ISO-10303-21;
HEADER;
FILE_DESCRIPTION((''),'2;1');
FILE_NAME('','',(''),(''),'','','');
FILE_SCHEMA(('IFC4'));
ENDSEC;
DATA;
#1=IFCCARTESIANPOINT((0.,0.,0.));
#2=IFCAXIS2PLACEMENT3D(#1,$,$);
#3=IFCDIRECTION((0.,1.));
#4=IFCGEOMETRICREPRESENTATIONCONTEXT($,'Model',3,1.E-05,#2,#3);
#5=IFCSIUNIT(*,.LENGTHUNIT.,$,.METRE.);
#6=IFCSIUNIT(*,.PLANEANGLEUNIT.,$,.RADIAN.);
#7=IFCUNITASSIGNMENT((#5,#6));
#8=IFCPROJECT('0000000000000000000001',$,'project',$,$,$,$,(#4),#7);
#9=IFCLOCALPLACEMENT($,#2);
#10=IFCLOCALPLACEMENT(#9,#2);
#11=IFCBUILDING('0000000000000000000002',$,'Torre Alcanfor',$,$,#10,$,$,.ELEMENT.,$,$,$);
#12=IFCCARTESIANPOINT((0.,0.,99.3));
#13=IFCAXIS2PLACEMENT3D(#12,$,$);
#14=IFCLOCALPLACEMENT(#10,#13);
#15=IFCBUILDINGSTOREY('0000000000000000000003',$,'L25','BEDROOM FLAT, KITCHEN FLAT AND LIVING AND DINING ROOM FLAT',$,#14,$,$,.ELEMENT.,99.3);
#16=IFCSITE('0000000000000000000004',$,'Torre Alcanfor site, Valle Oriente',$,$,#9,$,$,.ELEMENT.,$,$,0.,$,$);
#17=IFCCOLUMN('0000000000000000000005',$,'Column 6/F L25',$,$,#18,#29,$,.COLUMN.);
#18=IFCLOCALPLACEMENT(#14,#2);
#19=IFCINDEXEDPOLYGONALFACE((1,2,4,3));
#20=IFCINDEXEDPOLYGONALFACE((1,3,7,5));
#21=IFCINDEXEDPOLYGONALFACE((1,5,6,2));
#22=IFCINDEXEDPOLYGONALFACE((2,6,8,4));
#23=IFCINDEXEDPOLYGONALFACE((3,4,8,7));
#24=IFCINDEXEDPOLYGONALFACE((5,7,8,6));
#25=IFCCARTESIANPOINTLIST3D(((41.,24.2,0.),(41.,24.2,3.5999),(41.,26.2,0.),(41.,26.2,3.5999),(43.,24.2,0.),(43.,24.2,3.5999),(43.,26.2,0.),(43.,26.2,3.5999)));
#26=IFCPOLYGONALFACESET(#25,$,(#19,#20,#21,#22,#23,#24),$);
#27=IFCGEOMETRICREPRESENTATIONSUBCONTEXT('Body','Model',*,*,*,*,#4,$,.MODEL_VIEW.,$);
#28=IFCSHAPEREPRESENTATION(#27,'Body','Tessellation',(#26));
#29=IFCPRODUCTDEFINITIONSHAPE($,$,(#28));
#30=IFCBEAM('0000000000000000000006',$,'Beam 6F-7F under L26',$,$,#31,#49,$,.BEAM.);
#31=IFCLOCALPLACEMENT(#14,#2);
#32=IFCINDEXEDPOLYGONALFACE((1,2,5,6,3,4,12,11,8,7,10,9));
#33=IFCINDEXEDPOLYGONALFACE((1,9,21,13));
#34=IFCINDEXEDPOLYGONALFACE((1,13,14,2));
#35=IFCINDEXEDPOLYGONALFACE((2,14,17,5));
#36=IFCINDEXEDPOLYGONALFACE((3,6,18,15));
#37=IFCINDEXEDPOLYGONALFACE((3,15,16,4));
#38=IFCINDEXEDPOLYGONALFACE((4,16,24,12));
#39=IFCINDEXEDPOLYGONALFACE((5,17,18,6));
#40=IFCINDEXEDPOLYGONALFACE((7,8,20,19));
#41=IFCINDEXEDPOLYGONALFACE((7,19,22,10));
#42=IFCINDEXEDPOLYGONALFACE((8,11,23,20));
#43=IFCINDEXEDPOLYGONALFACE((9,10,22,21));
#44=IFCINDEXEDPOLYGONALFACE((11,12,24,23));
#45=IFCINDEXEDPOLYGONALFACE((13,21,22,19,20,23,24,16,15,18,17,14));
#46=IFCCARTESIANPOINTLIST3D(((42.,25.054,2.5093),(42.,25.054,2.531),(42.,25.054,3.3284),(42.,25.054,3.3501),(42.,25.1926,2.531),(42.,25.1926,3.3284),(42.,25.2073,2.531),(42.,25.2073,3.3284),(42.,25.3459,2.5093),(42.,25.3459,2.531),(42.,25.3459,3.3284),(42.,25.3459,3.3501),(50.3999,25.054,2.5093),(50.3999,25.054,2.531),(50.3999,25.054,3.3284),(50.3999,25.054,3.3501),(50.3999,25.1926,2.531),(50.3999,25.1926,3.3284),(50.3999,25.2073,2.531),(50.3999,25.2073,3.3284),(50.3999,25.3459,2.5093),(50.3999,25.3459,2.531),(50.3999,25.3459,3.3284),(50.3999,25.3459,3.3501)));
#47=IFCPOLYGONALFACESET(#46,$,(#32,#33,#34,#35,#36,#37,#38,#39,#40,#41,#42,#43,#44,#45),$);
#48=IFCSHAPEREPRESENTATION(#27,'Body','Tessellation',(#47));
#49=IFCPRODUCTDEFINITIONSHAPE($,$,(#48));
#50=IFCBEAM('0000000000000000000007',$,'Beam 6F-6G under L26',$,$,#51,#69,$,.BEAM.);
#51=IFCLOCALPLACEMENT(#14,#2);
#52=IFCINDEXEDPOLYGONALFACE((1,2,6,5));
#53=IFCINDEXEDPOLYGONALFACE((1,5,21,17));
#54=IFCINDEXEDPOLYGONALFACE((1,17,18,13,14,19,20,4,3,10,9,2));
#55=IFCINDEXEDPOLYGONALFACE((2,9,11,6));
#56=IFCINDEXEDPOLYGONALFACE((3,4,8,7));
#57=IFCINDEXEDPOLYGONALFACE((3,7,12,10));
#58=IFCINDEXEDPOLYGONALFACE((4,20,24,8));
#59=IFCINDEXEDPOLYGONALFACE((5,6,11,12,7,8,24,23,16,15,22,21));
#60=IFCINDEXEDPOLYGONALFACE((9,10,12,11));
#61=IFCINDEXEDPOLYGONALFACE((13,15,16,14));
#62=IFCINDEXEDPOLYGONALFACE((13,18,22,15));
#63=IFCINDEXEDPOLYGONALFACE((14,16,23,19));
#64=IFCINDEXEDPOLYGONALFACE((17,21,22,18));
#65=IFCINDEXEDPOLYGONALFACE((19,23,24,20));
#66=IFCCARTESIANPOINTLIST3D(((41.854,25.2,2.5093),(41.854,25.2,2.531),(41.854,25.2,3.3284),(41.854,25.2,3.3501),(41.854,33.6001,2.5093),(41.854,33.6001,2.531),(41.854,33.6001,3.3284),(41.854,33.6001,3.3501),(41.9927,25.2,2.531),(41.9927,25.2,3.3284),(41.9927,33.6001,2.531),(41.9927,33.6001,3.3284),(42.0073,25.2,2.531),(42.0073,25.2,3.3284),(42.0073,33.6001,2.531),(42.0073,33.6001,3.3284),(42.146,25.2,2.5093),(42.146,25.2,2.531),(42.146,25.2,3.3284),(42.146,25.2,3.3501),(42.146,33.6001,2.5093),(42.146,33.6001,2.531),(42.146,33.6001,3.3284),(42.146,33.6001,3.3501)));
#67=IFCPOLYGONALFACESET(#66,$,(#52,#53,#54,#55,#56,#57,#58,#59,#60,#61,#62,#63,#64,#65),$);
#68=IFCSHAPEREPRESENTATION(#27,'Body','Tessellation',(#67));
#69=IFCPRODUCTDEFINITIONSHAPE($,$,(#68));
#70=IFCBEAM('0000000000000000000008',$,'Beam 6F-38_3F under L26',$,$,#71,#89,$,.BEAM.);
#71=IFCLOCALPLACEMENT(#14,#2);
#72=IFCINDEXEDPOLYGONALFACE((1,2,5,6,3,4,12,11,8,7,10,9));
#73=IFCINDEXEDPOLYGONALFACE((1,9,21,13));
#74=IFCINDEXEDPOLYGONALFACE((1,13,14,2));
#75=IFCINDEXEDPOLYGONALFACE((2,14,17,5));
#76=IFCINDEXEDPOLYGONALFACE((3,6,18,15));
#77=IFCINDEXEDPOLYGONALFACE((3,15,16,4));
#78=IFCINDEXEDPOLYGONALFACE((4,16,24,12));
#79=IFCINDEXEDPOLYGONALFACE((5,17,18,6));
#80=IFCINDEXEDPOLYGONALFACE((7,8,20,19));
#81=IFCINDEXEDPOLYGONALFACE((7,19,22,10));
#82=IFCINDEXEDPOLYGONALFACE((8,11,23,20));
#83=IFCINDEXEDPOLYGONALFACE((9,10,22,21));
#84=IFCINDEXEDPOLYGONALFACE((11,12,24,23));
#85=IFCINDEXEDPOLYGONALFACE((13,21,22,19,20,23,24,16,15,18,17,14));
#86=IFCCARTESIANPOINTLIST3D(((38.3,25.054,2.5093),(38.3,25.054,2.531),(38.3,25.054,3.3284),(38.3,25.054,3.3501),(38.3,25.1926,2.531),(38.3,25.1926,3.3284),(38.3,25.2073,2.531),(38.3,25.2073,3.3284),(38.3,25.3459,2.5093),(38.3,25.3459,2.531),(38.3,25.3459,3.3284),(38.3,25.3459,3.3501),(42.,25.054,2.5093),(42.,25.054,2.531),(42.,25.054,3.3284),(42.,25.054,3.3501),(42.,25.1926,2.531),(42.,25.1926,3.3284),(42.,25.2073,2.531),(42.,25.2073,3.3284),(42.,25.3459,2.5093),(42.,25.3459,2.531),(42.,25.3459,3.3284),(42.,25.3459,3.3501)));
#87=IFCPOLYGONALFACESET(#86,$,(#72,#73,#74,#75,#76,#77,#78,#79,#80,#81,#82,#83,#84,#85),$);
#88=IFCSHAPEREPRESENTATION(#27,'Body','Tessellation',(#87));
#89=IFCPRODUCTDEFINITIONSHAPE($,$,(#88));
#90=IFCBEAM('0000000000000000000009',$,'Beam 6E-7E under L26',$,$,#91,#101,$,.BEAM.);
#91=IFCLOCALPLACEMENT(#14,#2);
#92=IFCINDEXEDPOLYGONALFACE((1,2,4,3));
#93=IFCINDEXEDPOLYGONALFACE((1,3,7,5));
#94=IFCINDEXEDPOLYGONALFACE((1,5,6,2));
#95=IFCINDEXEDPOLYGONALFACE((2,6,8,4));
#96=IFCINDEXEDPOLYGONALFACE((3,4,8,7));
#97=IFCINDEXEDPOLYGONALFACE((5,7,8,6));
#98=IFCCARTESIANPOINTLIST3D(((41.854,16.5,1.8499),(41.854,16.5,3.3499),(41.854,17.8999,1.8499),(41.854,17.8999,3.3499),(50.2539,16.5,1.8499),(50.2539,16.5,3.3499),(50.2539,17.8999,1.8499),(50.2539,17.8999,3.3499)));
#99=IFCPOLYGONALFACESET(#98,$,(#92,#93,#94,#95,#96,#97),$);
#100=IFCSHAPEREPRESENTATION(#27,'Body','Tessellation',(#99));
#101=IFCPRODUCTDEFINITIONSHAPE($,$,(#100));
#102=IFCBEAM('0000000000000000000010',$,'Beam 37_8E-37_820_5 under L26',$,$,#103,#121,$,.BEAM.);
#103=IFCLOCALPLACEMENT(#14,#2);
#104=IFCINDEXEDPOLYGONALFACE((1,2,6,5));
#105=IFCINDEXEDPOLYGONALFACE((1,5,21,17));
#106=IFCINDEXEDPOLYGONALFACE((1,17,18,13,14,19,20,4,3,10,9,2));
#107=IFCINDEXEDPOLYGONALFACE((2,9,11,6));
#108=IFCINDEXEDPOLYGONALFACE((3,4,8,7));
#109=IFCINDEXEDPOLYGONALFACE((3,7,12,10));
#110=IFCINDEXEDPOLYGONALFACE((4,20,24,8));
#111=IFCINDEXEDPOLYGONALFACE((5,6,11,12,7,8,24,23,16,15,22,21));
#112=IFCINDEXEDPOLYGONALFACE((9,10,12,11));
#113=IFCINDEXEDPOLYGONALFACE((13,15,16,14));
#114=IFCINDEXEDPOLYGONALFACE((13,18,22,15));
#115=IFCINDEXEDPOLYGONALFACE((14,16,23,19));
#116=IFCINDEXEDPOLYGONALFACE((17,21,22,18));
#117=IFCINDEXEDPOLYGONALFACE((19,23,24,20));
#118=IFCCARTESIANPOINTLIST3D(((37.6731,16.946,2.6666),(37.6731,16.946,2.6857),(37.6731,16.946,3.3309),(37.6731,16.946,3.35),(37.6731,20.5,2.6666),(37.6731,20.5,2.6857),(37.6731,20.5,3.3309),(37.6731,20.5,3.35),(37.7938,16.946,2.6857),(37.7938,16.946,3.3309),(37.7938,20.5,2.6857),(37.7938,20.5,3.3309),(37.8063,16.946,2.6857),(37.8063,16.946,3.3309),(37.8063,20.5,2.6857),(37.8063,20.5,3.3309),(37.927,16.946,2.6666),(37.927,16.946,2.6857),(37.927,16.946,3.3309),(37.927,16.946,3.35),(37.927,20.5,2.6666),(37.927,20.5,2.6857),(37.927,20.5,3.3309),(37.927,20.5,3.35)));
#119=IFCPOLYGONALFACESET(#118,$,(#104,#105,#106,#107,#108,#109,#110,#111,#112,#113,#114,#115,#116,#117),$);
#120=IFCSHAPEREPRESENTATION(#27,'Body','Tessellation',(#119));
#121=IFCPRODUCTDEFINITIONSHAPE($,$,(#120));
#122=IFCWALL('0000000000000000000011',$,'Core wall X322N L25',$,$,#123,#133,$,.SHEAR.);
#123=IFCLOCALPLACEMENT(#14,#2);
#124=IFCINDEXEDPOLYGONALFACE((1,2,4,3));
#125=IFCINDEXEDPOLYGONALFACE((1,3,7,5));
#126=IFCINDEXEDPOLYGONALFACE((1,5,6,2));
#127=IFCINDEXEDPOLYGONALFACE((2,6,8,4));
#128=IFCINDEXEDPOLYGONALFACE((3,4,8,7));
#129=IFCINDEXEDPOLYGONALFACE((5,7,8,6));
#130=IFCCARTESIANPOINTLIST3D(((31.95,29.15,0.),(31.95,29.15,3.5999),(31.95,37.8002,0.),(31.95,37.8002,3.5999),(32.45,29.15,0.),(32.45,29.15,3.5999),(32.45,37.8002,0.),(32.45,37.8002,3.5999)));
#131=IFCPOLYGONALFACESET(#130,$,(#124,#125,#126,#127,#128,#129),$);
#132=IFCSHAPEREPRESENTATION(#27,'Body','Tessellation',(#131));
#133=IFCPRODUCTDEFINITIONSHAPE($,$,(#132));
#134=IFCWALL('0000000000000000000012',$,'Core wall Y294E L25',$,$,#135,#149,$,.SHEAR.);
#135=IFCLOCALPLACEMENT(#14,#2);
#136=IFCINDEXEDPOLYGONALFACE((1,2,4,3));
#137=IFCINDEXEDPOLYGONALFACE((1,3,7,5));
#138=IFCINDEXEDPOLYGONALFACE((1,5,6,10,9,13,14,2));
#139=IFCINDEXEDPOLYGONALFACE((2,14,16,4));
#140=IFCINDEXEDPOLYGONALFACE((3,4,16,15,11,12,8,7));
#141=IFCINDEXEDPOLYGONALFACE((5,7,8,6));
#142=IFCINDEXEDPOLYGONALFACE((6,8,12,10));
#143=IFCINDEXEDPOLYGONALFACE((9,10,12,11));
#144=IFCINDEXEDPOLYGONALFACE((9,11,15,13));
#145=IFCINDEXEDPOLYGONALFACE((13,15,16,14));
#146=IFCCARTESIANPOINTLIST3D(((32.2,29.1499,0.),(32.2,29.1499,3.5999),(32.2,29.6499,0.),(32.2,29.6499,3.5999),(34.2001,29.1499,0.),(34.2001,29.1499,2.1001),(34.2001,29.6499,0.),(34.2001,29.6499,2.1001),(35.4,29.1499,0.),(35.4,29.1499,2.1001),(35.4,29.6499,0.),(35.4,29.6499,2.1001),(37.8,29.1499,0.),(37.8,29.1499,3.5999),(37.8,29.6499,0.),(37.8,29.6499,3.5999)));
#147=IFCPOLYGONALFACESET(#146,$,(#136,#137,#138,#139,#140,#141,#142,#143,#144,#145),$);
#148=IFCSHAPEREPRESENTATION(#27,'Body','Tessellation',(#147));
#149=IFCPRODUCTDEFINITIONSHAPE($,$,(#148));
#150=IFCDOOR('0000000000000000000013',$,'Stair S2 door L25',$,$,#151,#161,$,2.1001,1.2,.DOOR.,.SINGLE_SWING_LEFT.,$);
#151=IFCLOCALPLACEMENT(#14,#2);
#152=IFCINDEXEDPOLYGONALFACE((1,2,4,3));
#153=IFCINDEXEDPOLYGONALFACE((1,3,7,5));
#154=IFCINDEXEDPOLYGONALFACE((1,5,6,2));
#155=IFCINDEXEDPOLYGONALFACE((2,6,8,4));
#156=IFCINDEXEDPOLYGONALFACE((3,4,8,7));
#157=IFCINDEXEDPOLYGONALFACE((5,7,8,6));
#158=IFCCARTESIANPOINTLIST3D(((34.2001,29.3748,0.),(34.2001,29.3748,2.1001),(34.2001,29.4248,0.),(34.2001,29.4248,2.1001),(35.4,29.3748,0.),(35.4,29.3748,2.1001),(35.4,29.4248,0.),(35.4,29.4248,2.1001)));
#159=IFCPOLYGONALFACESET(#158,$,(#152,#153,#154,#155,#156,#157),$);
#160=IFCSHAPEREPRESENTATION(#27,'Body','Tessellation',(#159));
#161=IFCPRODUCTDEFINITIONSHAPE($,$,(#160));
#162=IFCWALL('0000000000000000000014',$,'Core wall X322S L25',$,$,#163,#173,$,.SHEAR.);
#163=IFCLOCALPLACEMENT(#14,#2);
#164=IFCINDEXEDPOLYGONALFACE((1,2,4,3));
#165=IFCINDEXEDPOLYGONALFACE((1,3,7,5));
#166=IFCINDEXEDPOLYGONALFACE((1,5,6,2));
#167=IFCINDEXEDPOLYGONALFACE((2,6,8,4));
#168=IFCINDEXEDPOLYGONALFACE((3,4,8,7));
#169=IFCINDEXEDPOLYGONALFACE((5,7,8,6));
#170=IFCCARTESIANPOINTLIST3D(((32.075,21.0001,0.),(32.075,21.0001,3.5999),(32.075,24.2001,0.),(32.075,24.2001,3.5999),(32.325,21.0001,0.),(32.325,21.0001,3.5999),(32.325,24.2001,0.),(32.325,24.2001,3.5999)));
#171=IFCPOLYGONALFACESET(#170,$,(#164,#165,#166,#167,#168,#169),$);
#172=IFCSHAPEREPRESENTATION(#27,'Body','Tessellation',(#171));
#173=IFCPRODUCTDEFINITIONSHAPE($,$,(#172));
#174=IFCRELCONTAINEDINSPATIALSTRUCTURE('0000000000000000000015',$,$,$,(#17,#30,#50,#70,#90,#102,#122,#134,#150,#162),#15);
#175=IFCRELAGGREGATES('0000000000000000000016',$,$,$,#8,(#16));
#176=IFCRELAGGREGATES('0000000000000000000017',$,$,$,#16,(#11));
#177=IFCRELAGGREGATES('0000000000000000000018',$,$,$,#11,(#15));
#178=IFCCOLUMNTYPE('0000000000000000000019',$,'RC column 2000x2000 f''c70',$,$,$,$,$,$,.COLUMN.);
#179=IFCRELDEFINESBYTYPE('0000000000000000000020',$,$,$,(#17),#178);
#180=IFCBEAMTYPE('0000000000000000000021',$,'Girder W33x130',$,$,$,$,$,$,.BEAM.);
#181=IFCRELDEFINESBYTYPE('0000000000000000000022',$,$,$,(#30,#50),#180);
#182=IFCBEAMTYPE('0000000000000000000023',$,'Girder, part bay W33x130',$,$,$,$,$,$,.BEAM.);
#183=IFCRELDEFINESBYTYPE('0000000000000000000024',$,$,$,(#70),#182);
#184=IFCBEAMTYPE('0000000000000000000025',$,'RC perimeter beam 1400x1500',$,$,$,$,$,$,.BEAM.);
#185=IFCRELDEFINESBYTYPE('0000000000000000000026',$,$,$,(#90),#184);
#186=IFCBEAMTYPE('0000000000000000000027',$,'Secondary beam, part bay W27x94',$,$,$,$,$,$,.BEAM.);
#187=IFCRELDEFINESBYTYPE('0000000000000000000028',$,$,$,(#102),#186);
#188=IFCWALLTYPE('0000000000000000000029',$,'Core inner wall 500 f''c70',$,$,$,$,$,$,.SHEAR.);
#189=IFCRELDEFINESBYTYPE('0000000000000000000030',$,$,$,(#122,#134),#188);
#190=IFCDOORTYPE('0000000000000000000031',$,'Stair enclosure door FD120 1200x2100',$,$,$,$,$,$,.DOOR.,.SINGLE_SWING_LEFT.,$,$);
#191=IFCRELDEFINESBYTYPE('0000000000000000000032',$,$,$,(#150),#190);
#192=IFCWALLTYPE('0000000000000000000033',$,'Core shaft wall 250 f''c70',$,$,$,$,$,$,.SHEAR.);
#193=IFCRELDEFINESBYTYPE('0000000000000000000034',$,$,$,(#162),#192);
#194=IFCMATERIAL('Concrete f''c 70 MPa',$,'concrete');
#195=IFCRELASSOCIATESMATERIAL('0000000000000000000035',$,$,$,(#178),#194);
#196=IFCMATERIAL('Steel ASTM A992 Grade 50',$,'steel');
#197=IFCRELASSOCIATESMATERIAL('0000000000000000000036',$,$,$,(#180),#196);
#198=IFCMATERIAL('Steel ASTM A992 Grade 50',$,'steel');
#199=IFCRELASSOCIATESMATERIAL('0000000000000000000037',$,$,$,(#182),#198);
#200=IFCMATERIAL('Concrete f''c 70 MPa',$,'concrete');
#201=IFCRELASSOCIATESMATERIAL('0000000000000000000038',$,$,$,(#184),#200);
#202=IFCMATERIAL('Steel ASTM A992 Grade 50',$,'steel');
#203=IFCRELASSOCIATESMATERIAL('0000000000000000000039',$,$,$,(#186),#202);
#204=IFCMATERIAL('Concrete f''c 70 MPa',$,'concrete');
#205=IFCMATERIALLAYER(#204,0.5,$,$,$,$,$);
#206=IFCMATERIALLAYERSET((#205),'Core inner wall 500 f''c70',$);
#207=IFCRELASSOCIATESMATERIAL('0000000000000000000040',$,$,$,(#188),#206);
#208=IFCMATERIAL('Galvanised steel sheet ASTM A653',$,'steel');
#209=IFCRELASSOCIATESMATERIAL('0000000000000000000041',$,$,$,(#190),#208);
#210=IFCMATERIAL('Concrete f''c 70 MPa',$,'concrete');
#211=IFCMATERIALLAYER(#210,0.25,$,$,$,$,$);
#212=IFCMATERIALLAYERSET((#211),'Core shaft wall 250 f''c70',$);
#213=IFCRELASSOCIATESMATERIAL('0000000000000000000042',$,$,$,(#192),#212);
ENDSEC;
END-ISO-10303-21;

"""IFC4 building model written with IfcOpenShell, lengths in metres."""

from ifc_helpers import new_model, si_unit, direction, frame, frame_2d, origin, origin_2d, place, context, subcontext, project, spatial, rectangle, i_section, extrude, material, layer, layer_set, material_profile, profile_set, type_object, element, fill, save


model = new_model("IFC4")

# Units and contexts
model_context = context("Model", 3, precision=1e-05, world=origin(), true_north=direction((0.0, 1.0)))
body_context = subcontext(model_context, "Body", "Model", "MODEL_VIEW")
ifc_project = project(units=[si_unit("LENGTHUNIT", "METRE"), si_unit("PLANEANGLEUNIT", "RADIAN")], contexts=[model_context])

# Site, building, storey
site_placement = place(None, origin())
site = spatial("IfcSite", under=ifc_project, at=site_placement, Name="Torre Alcanfor site, Valle Oriente", CompositionType="ELEMENT", RefElevation=0.0)
building_placement = place(site_placement, origin())
building = spatial("IfcBuilding", under=site, at=building_placement, Name="Torre Alcanfor", CompositionType="ELEMENT")
storey_placement = place(building_placement, frame((0.0, 0.0, 99.3)))
storey = spatial("IfcBuildingStorey", under=building, at=storey_placement, Name="L25", Description="BEDROOM FLAT, KITCHEN FLAT AND LIVING AND DINING ROOM FLAT", CompositionType="ELEMENT", Elevation=99.3)

# Column
ifc_material_1 = material(Name="Concrete f'c 70 MPa", Category="concrete")
ifc_material_profile_1 = material_profile(ifc_material_1, rectangle(XDim=2.0, YDim=2.0, at=origin_2d()), Name="2000x2000")
ifc_profile_set_1 = profile_set([ifc_material_profile_1], Name="Concrete f'c 70 MPa")
column_type = type_object("IfcColumnType", Name="RC column 2000x2000 f'c70", PredefinedType="COLUMN", material=ifc_profile_set_1)
column_placement = place(storey_placement, frame((42.0, 25.2, 0.0), z_axis=(0.0, 0.0, 1.0), x_axis=(1.0, 0.0, 0.0)))
element("IfcColumn", 1, at=column_placement, inside=storey, type_object=column_type, Name="Column 6/F L25", PredefinedType="COLUMN", context=body_context, shape_type="SweptSolid", body=[
    extrude(rectangle(XDim=2.0, YDim=2.0, at=origin_2d()), origin(), (0.0, 0.0, 1.0), 3.5999),
])

# Beams
ifc_material_2 = material(Name="Steel ASTM A992 Grade 50", Category="steel")
ifc_material_profile_2 = material_profile(ifc_material_2, i_section(OverallWidth=0.292, OverallDepth=0.8408, WebThickness=0.0146, FlangeThickness=0.0217, at=origin_2d()), Name="W33x130")
ifc_profile_set_2 = profile_set([ifc_material_profile_2], Name="Steel ASTM A992 Grade 50")
beam_type_1 = type_object("IfcBeamType", Name="Girder W33x130", PredefinedType="BEAM", material=ifc_profile_set_2)
beam_1_placement = place(storey_placement, frame((42.0, 25.2, 2.9297), z_axis=(1.0, 0.0, 0.0), x_axis=(0.0, 1.0, 0.0)))
element("IfcBeam", 2, at=beam_1_placement, inside=storey, type_object=beam_type_1, Name="Beam 6F-7F under L26", PredefinedType="BEAM", context=body_context, shape_type="SweptSolid", body=[
    extrude(i_section(OverallWidth=0.292, OverallDepth=0.8408, WebThickness=0.0146, FlangeThickness=0.0217, at=origin_2d()), origin(), (0.0, 0.0, 1.0), 8.3999),
])
beam_2_placement = place(storey_placement, frame((42.0, 25.2, 2.9297), z_axis=(0.0, 1.0, 0.0), x_axis=(-1.0, 0.0, 0.0)))
element("IfcBeam", 3, at=beam_2_placement, inside=storey, type_object=beam_type_1, Name="Beam 6F-6G under L26", PredefinedType="BEAM", context=body_context, shape_type="SweptSolid", body=[
    extrude(i_section(OverallWidth=0.292, OverallDepth=0.8408, WebThickness=0.0146, FlangeThickness=0.0217, at=origin_2d()), origin(), (0.0, 0.0, 1.0), 8.4001),
])
ifc_material_3 = material(Name="Steel ASTM A992 Grade 50", Category="steel")
ifc_material_profile_3 = material_profile(ifc_material_3, i_section(OverallWidth=0.292, OverallDepth=0.8408, WebThickness=0.0146, FlangeThickness=0.0217, at=origin_2d()), Name="W33x130")
ifc_profile_set_3 = profile_set([ifc_material_profile_3], Name="Steel ASTM A992 Grade 50")
beam_type_2 = type_object("IfcBeamType", Name="Girder, part bay W33x130", PredefinedType="BEAM", material=ifc_profile_set_3)
beam_3_placement = place(storey_placement, frame((42.0, 25.2, 2.9297), z_axis=(-1.0, 0.0, 0.0), x_axis=(0.0, -1.0, 0.0)))
element("IfcBeam", 4, at=beam_3_placement, inside=storey, type_object=beam_type_2, Name="Beam 6F-38_3F under L26", PredefinedType="BEAM", context=body_context, shape_type="SweptSolid", body=[
    extrude(i_section(OverallWidth=0.292, OverallDepth=0.8408, WebThickness=0.0146, FlangeThickness=0.0217, at=origin_2d()), origin(), (0.0, 0.0, 1.0), 3.7),
])
ifc_material_4 = material(Name="Concrete f'c 70 MPa", Category="concrete")
ifc_material_profile_4 = material_profile(ifc_material_4, rectangle(XDim=1.3999, YDim=1.5, at=origin_2d()), Name="1400x1500")
ifc_profile_set_4 = profile_set([ifc_material_profile_4], Name="Concrete f'c 70 MPa")
beam_type_3 = type_object("IfcBeamType", Name="RC perimeter beam 1400x1500", PredefinedType="BEAM", material=ifc_profile_set_4)
beam_4_placement = place(storey_placement, frame((41.854, 17.2, 2.5999), z_axis=(1.0, 0.0, 0.0), x_axis=(0.0, 1.0, 0.0)))
element("IfcBeam", 5, at=beam_4_placement, inside=storey, type_object=beam_type_3, Name="Beam 6E-7E under L26", PredefinedType="BEAM", context=body_context, shape_type="SweptSolid", body=[
    extrude(rectangle(XDim=1.3999, YDim=1.5, at=origin_2d()), origin(), (0.0, 0.0, 1.0), 8.3999),
])
ifc_material_5 = material(Name="Steel ASTM A992 Grade 50", Category="steel")
ifc_material_profile_5 = material_profile(ifc_material_5, i_section(OverallWidth=0.2539, OverallDepth=0.6833, WebThickness=0.0125, FlangeThickness=0.019, at=origin_2d()), Name="W27x94")
ifc_profile_set_5 = profile_set([ifc_material_profile_5], Name="Steel ASTM A992 Grade 50")
beam_type_4 = type_object("IfcBeamType", Name="Secondary beam, part bay W27x94", PredefinedType="BEAM", material=ifc_profile_set_5)
beam_5_placement = place(storey_placement, frame((37.8, 16.946, 3.0083), z_axis=(0.0, 1.0, 0.0), x_axis=(-1.0, 0.0, 0.0)))
element("IfcBeam", 6, at=beam_5_placement, inside=storey, type_object=beam_type_4, Name="Beam 37_8E-37_820_5 under L26", PredefinedType="BEAM", context=body_context, shape_type="SweptSolid", body=[
    extrude(i_section(OverallWidth=0.2539, OverallDepth=0.6833, WebThickness=0.0125, FlangeThickness=0.019, at=origin_2d()), origin(), (0.0, 0.0, 1.0), 3.554),
])

# Wall
ifc_material_6 = material(Name="Concrete f'c 70 MPa", Category="concrete")
ifc_layer_1 = layer(ifc_material_6, 0.5)
ifc_layer_set_1 = layer_set([ifc_layer_1], Name="Core inner wall 500 f'c70")
wall_type_1 = type_object("IfcWallType", Name="Core inner wall 500 f'c70", PredefinedType="SHEAR", material=ifc_layer_set_1)
wall_1_placement = place(storey_placement, frame((32.2, 29.1499, 0.0), z_axis=(0.0, 0.0, 1.0), x_axis=(0.0, 1.0, 0.0)))
element("IfcWall", 7, at=wall_1_placement, inside=storey, type_object=wall_type_1, Name="Core wall X322N L25", PredefinedType="SHEAR", context=body_context, shape_type="SweptSolid", body=[
    extrude(rectangle(XDim=8.6501, YDim=0.5, at=frame_2d((4.3252, 0.0))), origin(), (0.0, 0.0, 1.0), 3.5999),
])

# Wall, opening, door
wall_2_placement = place(storey_placement, frame((32.2, 29.3999, 0.0), z_axis=(0.0, 0.0, 1.0), x_axis=(1.0, 0.0, 0.0)))
wall_2 = element("IfcWall", 8, at=wall_2_placement, inside=storey, type_object=wall_type_1, Name="Core wall Y294E L25", PredefinedType="SHEAR", context=body_context, shape_type="SweptSolid", body=[
    extrude(rectangle(XDim=5.6001, YDim=0.5, at=frame_2d((2.8, 0.0))), origin(), (0.0, 0.0, 1.0), 3.5999),
])
opening_1_placement = place(wall_2_placement, frame((2.0, 0.0, 0.0)))
opening_1 = element("IfcOpeningElement", 9, at=opening_1_placement, cuts=wall_2, PredefinedType="OPENING", context=body_context, shape_type="SweptSolid", body=[
    extrude(rectangle(XDim=1.2, YDim=2.1001, at=frame_2d((0.6001, 1.05))), frame((0.0, 0.26, 0.0), z_axis=(0.0, -1.0, 0.0), x_axis=(1.0, 0.0, 0.0)), (0.0, 0.0, 1.0), 0.52),
])
ifc_material_7 = material(Name="Galvanised steel sheet ASTM A653", Category="steel")
door_type_1 = type_object("IfcDoorType", Name="Stair enclosure door FD120 1200x2100", OperationType="SINGLE_SWING_LEFT", PredefinedType="DOOR", material=ifc_material_7)
door_1_placement = place(opening_1_placement, origin())
door_1 = element("IfcDoor", 10, at=door_1_placement, inside=storey, type_object=door_type_1, Name="Stair S2 door L25", OperationType="SINGLE_SWING_LEFT", OverallHeight=2.1001, OverallWidth=1.2, PredefinedType="DOOR", context=body_context, shape_type="SweptSolid", body=[
    extrude(rectangle(XDim=1.2, YDim=2.1001, at=frame_2d((0.6001, 1.05))), frame((0.0, 0.0249, 0.0), z_axis=(0.0, -1.0, 0.0), x_axis=(1.0, 0.0, 0.0)), (0.0, 0.0, 1.0), 0.05),
])
fill(opening_1, door_1)

# Wall
ifc_material_8 = material(Name="Concrete f'c 70 MPa", Category="concrete")
ifc_layer_2 = layer(ifc_material_8, 0.25)
ifc_layer_set_2 = layer_set([ifc_layer_2], Name="Core shaft wall 250 f'c70")
wall_type_2 = type_object("IfcWallType", Name="Core shaft wall 250 f'c70", PredefinedType="SHEAR", material=ifc_layer_set_2)
for number, where, z_axis, x_axis, name in (
    (11, (32.2, 21.0, 0.0), (0.0, 0.0, 1.0), (0.0, 1.0, 0.0), "Core wall X322S L25"),
):
    element("IfcWall", number, at=place(storey_placement, frame(where, z_axis=z_axis, x_axis=x_axis)), inside=storey, type_object=wall_type_2, Name=name, PredefinedType="SHEAR", context=body_context, shape_type="SweptSolid", body=[
        extrude(rectangle(XDim=3.2, YDim=0.25, at=frame_2d((1.6001, 0.0))), origin(), (0.0, 0.0, 1.0), 3.5999),
    ])

save(model, "model.ifc")
